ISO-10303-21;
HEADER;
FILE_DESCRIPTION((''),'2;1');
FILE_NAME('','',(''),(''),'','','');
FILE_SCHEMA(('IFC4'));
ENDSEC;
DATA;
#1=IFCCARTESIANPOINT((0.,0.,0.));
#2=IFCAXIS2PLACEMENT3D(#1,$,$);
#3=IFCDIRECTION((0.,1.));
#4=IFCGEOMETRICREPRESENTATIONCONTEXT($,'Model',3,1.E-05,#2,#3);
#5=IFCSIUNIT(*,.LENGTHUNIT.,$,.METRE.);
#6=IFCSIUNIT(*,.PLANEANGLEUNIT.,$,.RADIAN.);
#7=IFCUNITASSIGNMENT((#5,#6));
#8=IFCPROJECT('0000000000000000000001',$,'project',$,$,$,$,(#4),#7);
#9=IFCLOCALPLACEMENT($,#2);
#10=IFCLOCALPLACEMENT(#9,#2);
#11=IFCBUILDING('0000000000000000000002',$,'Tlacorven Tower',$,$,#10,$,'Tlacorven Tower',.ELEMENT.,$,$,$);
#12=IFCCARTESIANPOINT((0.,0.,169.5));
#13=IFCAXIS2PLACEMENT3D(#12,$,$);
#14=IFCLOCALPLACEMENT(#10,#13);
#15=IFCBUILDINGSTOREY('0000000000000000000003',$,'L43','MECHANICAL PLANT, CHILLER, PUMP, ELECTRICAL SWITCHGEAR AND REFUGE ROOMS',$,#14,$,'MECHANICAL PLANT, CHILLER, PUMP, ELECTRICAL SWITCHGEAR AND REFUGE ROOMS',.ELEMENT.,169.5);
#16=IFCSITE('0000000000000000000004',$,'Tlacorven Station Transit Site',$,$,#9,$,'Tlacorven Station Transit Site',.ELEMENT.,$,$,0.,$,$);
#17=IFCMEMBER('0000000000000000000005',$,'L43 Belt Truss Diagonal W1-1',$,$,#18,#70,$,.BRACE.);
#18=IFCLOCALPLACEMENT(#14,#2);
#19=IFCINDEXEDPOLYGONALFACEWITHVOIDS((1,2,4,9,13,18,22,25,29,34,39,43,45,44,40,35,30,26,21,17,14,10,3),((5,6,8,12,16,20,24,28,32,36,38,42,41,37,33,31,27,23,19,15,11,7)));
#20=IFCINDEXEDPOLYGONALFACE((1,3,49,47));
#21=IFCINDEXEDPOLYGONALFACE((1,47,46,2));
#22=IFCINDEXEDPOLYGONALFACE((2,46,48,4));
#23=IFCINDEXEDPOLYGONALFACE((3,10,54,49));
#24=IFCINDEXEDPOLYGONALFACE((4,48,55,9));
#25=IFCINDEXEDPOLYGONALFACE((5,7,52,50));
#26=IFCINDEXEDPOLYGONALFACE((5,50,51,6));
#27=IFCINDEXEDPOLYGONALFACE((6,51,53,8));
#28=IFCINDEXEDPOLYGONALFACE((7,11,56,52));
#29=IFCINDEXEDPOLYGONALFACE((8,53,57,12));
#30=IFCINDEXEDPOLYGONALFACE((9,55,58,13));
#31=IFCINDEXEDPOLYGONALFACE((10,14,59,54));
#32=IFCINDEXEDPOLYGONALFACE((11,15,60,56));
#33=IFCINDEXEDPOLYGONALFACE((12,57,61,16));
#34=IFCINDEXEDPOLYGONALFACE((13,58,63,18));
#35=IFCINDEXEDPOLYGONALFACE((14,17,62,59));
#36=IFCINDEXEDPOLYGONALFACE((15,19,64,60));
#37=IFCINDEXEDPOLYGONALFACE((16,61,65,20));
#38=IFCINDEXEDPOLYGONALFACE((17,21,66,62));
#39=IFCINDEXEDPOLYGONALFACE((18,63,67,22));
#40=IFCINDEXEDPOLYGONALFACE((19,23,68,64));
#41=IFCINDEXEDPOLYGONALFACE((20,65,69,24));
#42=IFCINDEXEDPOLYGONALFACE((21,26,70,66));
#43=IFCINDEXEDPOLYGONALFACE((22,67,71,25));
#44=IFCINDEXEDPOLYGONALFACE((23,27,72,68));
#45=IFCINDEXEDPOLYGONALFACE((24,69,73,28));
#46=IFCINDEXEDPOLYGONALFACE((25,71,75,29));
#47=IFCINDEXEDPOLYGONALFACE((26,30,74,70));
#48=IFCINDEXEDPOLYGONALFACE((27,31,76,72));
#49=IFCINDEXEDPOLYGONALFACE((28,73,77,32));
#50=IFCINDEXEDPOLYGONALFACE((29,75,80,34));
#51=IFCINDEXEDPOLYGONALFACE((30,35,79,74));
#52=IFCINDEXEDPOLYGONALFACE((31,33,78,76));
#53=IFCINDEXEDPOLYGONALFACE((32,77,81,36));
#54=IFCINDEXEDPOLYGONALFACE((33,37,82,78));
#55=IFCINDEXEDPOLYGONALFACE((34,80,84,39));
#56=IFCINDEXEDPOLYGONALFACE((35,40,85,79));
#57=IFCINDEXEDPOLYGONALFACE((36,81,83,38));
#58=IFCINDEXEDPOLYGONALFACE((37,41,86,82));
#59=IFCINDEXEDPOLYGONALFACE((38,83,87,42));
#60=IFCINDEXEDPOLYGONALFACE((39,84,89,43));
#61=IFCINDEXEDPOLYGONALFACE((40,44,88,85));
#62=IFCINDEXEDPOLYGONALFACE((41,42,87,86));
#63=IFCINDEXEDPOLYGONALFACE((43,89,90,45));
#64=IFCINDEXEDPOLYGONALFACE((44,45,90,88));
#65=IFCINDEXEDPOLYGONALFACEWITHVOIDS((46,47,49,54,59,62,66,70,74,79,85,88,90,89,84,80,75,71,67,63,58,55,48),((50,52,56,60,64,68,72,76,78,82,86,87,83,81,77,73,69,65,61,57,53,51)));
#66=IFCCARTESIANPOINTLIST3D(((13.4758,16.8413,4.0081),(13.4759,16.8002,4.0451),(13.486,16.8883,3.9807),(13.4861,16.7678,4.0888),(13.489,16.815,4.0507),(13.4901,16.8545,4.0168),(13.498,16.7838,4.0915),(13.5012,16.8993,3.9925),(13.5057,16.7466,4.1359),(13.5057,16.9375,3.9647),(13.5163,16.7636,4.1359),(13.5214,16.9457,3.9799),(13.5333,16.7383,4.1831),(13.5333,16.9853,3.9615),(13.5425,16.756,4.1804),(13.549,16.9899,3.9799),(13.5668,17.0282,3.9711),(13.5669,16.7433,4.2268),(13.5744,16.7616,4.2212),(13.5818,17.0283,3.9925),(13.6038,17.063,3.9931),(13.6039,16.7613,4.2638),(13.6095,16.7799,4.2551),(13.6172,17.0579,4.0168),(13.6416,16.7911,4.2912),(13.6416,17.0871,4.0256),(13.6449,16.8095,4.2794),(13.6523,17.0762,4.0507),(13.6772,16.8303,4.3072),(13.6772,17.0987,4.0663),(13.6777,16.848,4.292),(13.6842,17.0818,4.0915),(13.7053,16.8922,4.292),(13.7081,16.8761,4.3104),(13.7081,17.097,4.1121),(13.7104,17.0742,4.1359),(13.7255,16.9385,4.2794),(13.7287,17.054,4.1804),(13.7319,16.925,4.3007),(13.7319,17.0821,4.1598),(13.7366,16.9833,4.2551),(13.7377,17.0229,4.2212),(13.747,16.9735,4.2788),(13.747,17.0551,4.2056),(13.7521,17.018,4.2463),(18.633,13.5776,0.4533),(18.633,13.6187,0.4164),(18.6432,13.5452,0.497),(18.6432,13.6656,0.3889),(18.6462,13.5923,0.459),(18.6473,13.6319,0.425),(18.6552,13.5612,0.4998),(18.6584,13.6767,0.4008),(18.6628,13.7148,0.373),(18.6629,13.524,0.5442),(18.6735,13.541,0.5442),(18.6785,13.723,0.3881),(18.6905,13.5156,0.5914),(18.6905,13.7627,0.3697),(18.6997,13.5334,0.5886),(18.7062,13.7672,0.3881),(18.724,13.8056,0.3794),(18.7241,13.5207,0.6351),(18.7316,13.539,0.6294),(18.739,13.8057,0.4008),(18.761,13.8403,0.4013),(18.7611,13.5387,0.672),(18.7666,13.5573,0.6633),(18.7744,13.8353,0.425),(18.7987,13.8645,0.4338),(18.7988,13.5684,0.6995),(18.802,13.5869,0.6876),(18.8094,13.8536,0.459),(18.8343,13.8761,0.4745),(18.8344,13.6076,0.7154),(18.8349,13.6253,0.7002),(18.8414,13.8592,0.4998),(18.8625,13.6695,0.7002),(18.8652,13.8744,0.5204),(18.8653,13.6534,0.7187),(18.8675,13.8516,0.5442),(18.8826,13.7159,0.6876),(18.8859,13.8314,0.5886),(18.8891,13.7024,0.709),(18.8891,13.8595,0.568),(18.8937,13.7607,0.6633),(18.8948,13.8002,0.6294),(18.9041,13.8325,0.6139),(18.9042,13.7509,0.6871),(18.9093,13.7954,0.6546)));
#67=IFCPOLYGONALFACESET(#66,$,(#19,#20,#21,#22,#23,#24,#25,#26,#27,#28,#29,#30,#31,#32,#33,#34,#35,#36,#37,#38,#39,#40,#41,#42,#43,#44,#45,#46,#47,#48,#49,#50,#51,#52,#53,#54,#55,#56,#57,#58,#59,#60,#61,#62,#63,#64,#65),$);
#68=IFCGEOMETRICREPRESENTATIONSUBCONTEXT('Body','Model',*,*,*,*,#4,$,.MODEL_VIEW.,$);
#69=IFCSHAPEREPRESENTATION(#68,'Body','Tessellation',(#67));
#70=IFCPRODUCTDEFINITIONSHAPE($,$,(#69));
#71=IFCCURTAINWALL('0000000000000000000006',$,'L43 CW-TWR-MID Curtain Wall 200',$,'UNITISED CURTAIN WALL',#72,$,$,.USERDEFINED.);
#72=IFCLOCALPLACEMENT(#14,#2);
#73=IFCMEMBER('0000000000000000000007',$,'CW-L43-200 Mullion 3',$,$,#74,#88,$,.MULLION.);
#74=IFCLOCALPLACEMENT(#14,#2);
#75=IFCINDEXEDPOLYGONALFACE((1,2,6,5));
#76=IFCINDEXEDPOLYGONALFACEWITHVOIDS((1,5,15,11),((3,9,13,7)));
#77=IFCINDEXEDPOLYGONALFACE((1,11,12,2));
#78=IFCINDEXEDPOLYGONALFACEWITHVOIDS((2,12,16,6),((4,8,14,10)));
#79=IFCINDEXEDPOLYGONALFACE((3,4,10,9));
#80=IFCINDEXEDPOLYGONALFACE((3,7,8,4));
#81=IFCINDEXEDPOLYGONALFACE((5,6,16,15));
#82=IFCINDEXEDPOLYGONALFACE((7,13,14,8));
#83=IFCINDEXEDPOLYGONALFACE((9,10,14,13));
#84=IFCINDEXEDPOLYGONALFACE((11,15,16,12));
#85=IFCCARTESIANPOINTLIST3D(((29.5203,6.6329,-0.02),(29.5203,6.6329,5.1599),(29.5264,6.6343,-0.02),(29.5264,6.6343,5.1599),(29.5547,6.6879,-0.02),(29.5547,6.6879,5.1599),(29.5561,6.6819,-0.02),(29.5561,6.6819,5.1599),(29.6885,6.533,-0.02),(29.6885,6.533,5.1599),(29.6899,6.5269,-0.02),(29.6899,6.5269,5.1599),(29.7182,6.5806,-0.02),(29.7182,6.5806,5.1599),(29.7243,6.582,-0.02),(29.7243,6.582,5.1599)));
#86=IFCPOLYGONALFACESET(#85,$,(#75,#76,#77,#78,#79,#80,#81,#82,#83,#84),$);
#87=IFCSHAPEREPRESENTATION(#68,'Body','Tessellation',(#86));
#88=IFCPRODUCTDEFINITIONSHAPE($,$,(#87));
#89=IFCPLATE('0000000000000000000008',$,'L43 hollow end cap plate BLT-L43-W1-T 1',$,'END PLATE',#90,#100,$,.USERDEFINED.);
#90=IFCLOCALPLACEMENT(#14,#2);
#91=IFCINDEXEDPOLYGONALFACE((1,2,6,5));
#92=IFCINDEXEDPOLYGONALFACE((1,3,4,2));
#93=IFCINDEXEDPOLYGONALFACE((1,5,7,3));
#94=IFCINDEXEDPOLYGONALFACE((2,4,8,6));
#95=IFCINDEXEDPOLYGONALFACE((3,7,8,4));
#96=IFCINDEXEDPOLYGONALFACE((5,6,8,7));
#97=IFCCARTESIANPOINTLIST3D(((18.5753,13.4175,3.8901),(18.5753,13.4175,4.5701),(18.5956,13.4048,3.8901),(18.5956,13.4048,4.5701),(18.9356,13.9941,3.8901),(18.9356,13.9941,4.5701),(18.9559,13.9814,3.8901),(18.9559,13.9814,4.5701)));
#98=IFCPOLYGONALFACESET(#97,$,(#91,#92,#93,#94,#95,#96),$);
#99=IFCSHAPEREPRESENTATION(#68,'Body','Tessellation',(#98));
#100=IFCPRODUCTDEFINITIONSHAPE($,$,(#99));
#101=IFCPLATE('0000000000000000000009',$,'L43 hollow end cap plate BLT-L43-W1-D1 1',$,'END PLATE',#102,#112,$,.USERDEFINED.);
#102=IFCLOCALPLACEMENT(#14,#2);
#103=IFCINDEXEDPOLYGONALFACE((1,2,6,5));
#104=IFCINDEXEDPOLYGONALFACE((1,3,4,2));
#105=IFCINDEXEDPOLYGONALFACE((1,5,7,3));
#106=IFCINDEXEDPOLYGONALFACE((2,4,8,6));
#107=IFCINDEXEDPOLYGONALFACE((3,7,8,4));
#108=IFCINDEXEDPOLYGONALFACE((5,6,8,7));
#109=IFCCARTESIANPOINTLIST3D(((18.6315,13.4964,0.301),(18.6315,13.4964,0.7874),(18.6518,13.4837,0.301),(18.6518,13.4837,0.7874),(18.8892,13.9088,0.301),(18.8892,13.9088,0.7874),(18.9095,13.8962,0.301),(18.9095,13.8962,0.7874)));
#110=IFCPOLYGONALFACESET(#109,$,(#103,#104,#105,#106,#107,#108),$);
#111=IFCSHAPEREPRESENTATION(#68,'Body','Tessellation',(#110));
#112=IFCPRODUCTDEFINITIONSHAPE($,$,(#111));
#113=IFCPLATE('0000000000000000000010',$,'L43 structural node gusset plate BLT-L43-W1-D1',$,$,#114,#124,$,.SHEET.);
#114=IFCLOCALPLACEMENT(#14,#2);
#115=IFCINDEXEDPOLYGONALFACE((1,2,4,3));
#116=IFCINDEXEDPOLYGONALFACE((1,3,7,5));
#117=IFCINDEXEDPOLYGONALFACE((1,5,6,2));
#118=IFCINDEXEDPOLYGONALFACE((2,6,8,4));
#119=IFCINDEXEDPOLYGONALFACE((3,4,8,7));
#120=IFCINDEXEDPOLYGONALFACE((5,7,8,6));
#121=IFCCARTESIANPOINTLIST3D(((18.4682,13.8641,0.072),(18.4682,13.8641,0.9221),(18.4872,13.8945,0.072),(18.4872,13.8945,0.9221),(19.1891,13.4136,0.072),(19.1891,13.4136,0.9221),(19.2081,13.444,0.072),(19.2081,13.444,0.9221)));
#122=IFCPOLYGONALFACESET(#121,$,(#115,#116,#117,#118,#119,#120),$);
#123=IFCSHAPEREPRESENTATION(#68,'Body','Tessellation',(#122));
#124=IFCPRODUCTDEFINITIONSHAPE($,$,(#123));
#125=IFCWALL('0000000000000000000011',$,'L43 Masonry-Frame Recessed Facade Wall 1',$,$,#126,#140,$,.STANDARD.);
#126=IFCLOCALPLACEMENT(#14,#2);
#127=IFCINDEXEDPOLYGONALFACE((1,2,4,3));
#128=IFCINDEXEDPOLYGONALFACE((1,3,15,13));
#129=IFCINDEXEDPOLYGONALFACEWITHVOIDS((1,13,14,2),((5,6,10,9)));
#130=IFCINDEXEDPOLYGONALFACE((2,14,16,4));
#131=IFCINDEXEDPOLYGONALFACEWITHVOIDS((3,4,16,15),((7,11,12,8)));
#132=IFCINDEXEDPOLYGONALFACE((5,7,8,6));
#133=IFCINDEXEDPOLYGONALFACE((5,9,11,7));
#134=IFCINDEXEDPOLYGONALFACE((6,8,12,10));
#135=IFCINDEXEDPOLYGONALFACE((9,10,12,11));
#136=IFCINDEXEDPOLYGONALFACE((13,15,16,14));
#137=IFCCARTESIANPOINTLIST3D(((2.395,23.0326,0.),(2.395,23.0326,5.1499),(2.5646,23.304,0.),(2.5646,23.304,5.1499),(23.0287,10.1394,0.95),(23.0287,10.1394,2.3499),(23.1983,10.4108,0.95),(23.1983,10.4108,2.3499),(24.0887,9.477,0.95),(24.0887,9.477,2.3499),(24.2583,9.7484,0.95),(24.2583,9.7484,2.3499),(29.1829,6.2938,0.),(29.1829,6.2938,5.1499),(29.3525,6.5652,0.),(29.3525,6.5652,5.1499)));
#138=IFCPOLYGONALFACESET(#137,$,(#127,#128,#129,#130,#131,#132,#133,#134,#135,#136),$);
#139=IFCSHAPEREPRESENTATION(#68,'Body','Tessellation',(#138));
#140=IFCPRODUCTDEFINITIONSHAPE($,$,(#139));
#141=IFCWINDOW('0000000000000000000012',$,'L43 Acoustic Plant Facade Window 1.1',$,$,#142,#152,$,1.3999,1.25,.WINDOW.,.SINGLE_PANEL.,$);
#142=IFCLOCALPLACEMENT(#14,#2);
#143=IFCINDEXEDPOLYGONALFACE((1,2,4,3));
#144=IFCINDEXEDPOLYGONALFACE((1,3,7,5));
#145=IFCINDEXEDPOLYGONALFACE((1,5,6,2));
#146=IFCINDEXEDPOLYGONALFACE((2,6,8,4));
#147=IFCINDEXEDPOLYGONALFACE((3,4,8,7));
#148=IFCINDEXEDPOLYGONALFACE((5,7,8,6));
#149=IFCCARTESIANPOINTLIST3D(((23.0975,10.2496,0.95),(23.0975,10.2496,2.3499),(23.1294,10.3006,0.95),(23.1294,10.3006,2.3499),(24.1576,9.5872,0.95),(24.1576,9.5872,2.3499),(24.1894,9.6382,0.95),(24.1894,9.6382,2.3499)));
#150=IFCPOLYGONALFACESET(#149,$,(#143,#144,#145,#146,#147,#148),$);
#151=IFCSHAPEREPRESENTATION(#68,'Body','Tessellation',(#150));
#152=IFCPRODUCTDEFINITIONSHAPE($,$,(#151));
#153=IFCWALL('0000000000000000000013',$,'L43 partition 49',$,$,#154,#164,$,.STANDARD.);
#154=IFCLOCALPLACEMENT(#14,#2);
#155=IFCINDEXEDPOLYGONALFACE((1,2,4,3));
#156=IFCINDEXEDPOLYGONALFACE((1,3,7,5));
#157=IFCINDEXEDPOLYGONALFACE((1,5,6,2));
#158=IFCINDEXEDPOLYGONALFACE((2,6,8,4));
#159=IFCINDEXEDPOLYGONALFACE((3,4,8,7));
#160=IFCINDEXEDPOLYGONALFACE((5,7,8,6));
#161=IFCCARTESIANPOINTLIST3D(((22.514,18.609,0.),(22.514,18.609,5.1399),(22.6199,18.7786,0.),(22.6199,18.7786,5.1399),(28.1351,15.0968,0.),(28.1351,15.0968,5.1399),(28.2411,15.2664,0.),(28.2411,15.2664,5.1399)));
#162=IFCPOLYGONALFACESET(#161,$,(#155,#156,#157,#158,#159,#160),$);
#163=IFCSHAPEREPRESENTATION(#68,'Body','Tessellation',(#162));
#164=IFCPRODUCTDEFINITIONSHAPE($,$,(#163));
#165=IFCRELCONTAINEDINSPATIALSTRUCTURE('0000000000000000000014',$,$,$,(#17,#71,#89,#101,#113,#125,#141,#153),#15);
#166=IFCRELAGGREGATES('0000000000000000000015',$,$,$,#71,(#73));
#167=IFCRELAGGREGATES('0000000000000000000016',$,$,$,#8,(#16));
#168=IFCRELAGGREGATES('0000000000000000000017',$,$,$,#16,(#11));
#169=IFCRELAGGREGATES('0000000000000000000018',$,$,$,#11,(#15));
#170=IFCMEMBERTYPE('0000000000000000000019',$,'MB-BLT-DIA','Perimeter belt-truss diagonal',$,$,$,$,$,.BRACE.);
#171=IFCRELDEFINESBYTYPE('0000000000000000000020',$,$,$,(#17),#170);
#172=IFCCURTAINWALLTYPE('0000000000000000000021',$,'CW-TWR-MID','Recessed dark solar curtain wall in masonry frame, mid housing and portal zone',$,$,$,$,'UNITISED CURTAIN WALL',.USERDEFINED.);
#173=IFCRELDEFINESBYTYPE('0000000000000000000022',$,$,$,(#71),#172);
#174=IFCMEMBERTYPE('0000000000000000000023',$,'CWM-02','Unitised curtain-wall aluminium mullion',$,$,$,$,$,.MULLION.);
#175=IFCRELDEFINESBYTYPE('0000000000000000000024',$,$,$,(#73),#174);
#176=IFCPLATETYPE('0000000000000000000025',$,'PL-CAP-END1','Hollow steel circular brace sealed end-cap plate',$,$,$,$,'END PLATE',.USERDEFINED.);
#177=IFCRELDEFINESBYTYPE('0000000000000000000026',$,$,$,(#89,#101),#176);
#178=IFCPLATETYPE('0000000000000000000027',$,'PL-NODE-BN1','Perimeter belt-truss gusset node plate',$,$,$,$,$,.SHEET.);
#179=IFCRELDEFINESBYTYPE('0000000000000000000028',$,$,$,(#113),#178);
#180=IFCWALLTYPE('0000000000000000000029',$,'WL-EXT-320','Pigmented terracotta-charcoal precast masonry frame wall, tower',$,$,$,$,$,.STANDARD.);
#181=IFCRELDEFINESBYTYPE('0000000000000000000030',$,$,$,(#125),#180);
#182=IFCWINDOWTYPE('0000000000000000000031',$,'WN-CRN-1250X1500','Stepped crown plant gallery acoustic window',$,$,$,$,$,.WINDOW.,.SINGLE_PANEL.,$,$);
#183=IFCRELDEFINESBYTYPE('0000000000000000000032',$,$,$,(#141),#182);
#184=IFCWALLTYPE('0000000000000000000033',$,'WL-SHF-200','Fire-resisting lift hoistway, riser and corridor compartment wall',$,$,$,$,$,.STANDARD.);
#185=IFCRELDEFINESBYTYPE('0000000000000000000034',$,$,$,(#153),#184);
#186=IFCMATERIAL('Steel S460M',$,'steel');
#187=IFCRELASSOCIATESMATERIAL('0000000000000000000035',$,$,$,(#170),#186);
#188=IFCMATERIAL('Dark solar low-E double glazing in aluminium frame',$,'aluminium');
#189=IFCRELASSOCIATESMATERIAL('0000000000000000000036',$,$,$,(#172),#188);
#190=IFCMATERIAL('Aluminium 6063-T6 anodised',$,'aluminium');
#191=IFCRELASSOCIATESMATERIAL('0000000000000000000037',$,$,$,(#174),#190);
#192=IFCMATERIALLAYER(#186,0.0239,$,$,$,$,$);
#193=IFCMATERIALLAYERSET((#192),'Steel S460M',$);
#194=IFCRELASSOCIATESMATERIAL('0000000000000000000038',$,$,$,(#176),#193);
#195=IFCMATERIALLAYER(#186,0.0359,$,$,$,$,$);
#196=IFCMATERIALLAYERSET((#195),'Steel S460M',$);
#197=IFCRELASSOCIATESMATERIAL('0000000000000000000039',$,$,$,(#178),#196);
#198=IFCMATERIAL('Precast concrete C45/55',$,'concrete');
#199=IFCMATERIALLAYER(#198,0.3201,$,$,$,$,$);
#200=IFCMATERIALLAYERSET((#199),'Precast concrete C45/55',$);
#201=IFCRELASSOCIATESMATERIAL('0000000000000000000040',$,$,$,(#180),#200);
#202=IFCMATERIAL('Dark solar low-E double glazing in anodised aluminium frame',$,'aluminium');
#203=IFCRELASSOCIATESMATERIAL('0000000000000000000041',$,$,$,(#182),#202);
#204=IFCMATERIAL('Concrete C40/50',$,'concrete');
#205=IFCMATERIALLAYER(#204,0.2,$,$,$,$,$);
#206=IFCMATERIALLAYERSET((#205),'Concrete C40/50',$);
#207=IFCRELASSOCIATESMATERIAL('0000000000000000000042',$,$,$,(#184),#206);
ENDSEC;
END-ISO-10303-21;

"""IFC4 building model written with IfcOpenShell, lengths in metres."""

from ifc_helpers import new_model, si_unit, direction, frame, frame_2d, origin, origin_2d, place, context, subcontext, project, spatial, rectangle, hollow_rectangle, hollow_circle, extrude, source, transform, mapped, material, layer, layer_set, material_profile, profile_set, type_object, element, fill, aggregate, save


model = new_model("IFC4")

# Units and contexts
model_context = context("Model", 3, precision=1e-05, world=origin(), true_north=direction((0.0, 1.0)))
body_context = subcontext(model_context, "Body", "Model", "MODEL_VIEW")
ifc_project = project(units=[si_unit("LENGTHUNIT", "METRE"), si_unit("PLANEANGLEUNIT", "RADIAN")], contexts=[model_context])

# Site, building, storey
site_placement = place(None, origin())
site = spatial("IfcSite", under=ifc_project, at=site_placement, Name="Tlacorven Station Transit Site", LongName="Tlacorven Station Transit Site", CompositionType="ELEMENT", RefElevation=0.0)
building_placement = place(site_placement, origin())
building = spatial("IfcBuilding", under=site, at=building_placement, Name="Tlacorven Tower", LongName="Tlacorven Tower", CompositionType="ELEMENT")
storey_placement = place(building_placement, frame((0.0, 0.0, 169.5)))
storey = spatial("IfcBuildingStorey", under=building, at=storey_placement, Name="L43", Description="MECHANICAL PLANT, CHILLER, PUMP, ELECTRICAL SWITCHGEAR AND REFUGE ROOMS", LongName="MECHANICAL PLANT, CHILLER, PUMP, ELECTRICAL SWITCHGEAR AND REFUGE ROOMS", CompositionType="ELEMENT", Elevation=169.5)

# Shared definitions
ifc_material_1 = material(Name="Steel S460M", Category="steel")

# Member
ifc_material_profile_1 = material_profile(ifc_material_1, hollow_circle(Radius=0.2031, WallThickness=0.02, at=origin_2d()), Name="CHS 406.4X20")
ifc_profile_set_1 = profile_set([ifc_material_profile_1], Name="Steel S460M")
member_type_1 = type_object("IfcMemberType", Name="MB-BLT-DIA", Description="Perimeter belt-truss diagonal", PredefinedType="BRACE", material=ifc_profile_set_1)
shared_shape_1 = source(origin(), body_context, "Body", "SweptSolid", [
    extrude(hollow_circle(Radius=0.2031, WallThickness=0.02, at=origin_2d()), origin(), (0.0, 0.0, 1.0), 7.0627),
])
member_1_placement = place(storey_placement, frame((18.7705, 13.6963, 0.5442), z_axis=(-0.730193, 0.456284, 0.50855), x_axis=(-0.529927, -0.848043, 0.0)))
element("IfcMember", 1, at=member_1_placement, inside=storey, type_object=member_type_1, Name="L43 Belt Truss Diagonal W1-1", PredefinedType="BRACE", context=body_context, shape_type="MappedRepresentation", body=[
    mapped(shared_shape_1, transform((0.0, 0.0, 0.0), scale=1.0)),
])

# Curtain wall, member
ifc_material_2 = material(Name="Dark solar low-E double glazing in aluminium frame", Category="aluminium")
curtain_wall_type = type_object("IfcCurtainWallType", Name="CW-TWR-MID", Description="Recessed dark solar curtain wall in masonry frame, mid housing and portal zone", ElementType="UNITISED CURTAIN WALL", PredefinedType="USERDEFINED", material=ifc_material_2)
curtain_wall_placement = place(storey_placement, origin())
curtain_wall = element("IfcCurtainWall", 2, at=curtain_wall_placement, inside=storey, type_object=curtain_wall_type, Name="L43 CW-TWR-MID Curtain Wall 200", ObjectType="UNITISED CURTAIN WALL", PredefinedType="USERDEFINED")
ifc_material_3 = material(Name="Aluminium 6063-T6 anodised", Category="aluminium")
ifc_material_profile_2 = material_profile(ifc_material_3, hollow_rectangle(XDim=0.0649, YDim=0.2, WallThickness=0.0044, at=origin_2d()), Name="ALU MULLION 65X200")
ifc_profile_set_2 = profile_set([ifc_material_profile_2], Name="Aluminium 6063-T6 anodised")
member_type_2 = type_object("IfcMemberType", Name="CWM-02", Description="Unitised curtain-wall aluminium mullion", PredefinedType="MULLION", material=ifc_profile_set_2)
shared_shape_2 = source(origin(), body_context, "Body", "SweptSolid", [
    extrude(hollow_rectangle(XDim=0.0649, YDim=0.2, WallThickness=0.0044, at=origin_2d()), origin(), (0.0, 0.0, 1.0), 5.1799),
])
member_2_placement = place(storey_placement, frame((29.6223, 6.6074, -0.02), z_axis=(0.0, 0.0, 1.0), x_axis=(-0.529919, -0.848048, 0.0)))
member_2 = element("IfcMember", 3, at=member_2_placement, type_object=member_type_2, Name="CW-L43-200 Mullion 3", PredefinedType="MULLION", context=body_context, shape_type="MappedRepresentation", body=[
    mapped(shared_shape_2, transform((0.0, 0.0, 0.0), scale=1.0)),
])
aggregate(curtain_wall, [member_2])

# Plates
ifc_layer_1 = layer(ifc_material_1, 0.0239)
ifc_layer_set_1 = layer_set([ifc_layer_1], Name="Steel S460M")
plate_type_1 = type_object("IfcPlateType", Name="PL-CAP-END1", Description="Hollow steel circular brace sealed end-cap plate", ElementType="END PLATE", PredefinedType="USERDEFINED", material=ifc_layer_set_1)
shared_shape_3 = source(origin(), body_context, "Body", "SweptSolid", [
    extrude(rectangle(XDim=0.0239, YDim=0.6799, at=origin_2d()), origin(), (0.0, 0.0, 1.0), 0.6799),
])
plate_1_placement = place(storey_placement, frame((18.7656, 13.6995, 3.8901), z_axis=(0.0, 0.0, 1.0), x_axis=(-0.848048, 0.529919, 0.0)))
element("IfcPlate", 4, at=plate_1_placement, inside=storey, type_object=plate_type_1, Name="L43 hollow end cap plate BLT-L43-W1-T 1", ObjectType="END PLATE", PredefinedType="USERDEFINED", context=body_context, shape_type="MappedRepresentation", body=[
    mapped(shared_shape_3, transform((0.0, 0.0, 0.0), scale=1.0)),
])
shared_shape_4 = source(origin(), body_context, "Body", "SweptSolid", [
    extrude(rectangle(XDim=0.0239, YDim=0.4863, at=origin_2d()), origin(), (0.0, 0.0, 1.0), 0.4863),
])
plate_2_placement = place(storey_placement, frame((18.7705, 13.6963, 0.301), z_axis=(0.0, 0.0, 1.0), x_axis=(-0.848048, 0.529919, 0.0)))
element("IfcPlate", 5, at=plate_2_placement, inside=storey, type_object=plate_type_1, Name="L43 hollow end cap plate BLT-L43-W1-D1 1", ObjectType="END PLATE", PredefinedType="USERDEFINED", context=body_context, shape_type="MappedRepresentation", body=[
    mapped(shared_shape_4, transform((0.0, 0.0, 0.0), scale=1.0)),
])
ifc_layer_2 = layer(ifc_material_1, 0.0359)
ifc_layer_set_2 = layer_set([ifc_layer_2], Name="Steel S460M")
plate_type_2 = type_object("IfcPlateType", Name="PL-NODE-BN1", Description="Perimeter belt-truss gusset node plate", PredefinedType="SHEET", material=ifc_layer_set_2)
shared_shape_5 = source(origin(), body_context, "Body", "SweptSolid", [
    extrude(rectangle(XDim=0.8501, YDim=0.0359, at=origin_2d()), origin(), (0.0, 0.0, 1.0), 0.8501),
])
plate_3_placement = place(storey_placement, frame((18.8381, 13.6541, 0.072), z_axis=(0.0, 0.0, 1.0), x_axis=(-0.848048, 0.529919, 0.0)))
element("IfcPlate", 6, at=plate_3_placement, inside=storey, type_object=plate_type_2, Name="L43 structural node gusset plate BLT-L43-W1-D1", PredefinedType="SHEET", context=body_context, shape_type="MappedRepresentation", body=[
    mapped(shared_shape_5, transform((0.0, 0.0, 0.0), scale=1.0)),
])

# Wall, opening, window
ifc_material_4 = material(Name="Precast concrete C45/55", Category="concrete")
ifc_layer_3 = layer(ifc_material_4, 0.3201)
ifc_layer_set_3 = layer_set([ifc_layer_3], Name="Precast concrete C45/55")
wall_type_1 = type_object("IfcWallType", Name="WL-EXT-320", Description="Pigmented terracotta-charcoal precast masonry frame wall, tower", PredefinedType="STANDARD", material=ifc_layer_set_3)
wall_1_placement = place(storey_placement, frame((29.2678, 6.4294, 0.0), z_axis=(0.0, 0.0, 1.0), x_axis=(-0.84805, 0.529916, 0.0)))
wall_1 = element("IfcWall", 7, at=wall_1_placement, inside=storey, type_object=wall_type_1, Name="L43 Masonry-Frame Recessed Facade Wall 1", PredefinedType="STANDARD", context=body_context, shape_type="SweptSolid", body=[
    extrude(rectangle(XDim=31.5876, YDim=0.3201, at=frame_2d((15.7939, 0.0))), origin(), (0.0, 0.0, 1.0), 5.1499),
])
opening_1_placement = place(wall_1_placement, frame((6.0071, 0.0, 0.95)))
opening_1 = element("IfcOpeningElement", 8, at=opening_1_placement, cuts=wall_1, PredefinedType="OPENING", context=body_context, shape_type="SweptSolid", body=[
    extrude(rectangle(XDim=1.25, YDim=1.3999, at=frame_2d((0.625, 0.7))), frame((0.0, 0.1699, 0.0), z_axis=(0.0, -1.0, 0.0), x_axis=(1.0, 0.0, 0.0)), (0.0, 0.0, 1.0), 0.3401),
])
ifc_material_5 = material(Name="Dark solar low-E double glazing in anodised aluminium frame", Category="aluminium")
window_type = type_object("IfcWindowType", Name="WN-CRN-1250X1500", Description="Stepped crown plant gallery acoustic window", PartitioningType="SINGLE_PANEL", PredefinedType="WINDOW", material=ifc_material_5)
shared_shape_6 = source(origin(), body_context, "Body", "SweptSolid", [
    extrude(rectangle(XDim=1.25, YDim=1.3999, at=frame_2d((0.625, 0.7))), frame((0.0, 0.03, 0.0), z_axis=(0.0, -1.0, 0.0), x_axis=(1.0, 0.0, 0.0)), (0.0, 0.0, 1.0), 0.0601),
])
window_placement = place(opening_1_placement, origin())
window = element("IfcWindow", 9, at=window_placement, inside=storey, type_object=window_type, Name="L43 Acoustic Plant Facade Window 1.1", OverallHeight=1.3999, OverallWidth=1.25, PartitioningType="SINGLE_PANEL", PredefinedType="WINDOW", context=body_context, shape_type="MappedRepresentation", body=[
    mapped(shared_shape_6, transform((0.0, 0.0, 0.0), scale=1.0)),
])
fill(opening_1, window)

# Wall
ifc_material_6 = material(Name="Concrete C40/50", Category="concrete")
ifc_layer_4 = layer(ifc_material_6, 0.2)
ifc_layer_set_4 = layer_set([ifc_layer_4], Name="Concrete C40/50")
wall_type_2 = type_object("IfcWallType", Name="WL-SHF-200", Description="Fire-resisting lift hoistway, riser and corridor compartment wall", PredefinedType="STANDARD", material=ifc_layer_set_4)
wall_2_placement = place(storey_placement, frame((28.188, 15.1816, 0.0), z_axis=(0.0, 0.0, 1.0), x_axis=(-0.848065, 0.529893, 0.0)))
element("IfcWall", 10, at=wall_2_placement, inside=storey, type_object=wall_type_2, Name="L43 partition 49", PredefinedType="STANDARD", context=body_context, shape_type="SweptSolid", body=[
    extrude(rectangle(XDim=6.6282, YDim=0.2, at=frame_2d((3.314, 0.0))), origin(), (0.0, 0.0, 1.0), 5.1399),
])

save(model, "model.ifc")
